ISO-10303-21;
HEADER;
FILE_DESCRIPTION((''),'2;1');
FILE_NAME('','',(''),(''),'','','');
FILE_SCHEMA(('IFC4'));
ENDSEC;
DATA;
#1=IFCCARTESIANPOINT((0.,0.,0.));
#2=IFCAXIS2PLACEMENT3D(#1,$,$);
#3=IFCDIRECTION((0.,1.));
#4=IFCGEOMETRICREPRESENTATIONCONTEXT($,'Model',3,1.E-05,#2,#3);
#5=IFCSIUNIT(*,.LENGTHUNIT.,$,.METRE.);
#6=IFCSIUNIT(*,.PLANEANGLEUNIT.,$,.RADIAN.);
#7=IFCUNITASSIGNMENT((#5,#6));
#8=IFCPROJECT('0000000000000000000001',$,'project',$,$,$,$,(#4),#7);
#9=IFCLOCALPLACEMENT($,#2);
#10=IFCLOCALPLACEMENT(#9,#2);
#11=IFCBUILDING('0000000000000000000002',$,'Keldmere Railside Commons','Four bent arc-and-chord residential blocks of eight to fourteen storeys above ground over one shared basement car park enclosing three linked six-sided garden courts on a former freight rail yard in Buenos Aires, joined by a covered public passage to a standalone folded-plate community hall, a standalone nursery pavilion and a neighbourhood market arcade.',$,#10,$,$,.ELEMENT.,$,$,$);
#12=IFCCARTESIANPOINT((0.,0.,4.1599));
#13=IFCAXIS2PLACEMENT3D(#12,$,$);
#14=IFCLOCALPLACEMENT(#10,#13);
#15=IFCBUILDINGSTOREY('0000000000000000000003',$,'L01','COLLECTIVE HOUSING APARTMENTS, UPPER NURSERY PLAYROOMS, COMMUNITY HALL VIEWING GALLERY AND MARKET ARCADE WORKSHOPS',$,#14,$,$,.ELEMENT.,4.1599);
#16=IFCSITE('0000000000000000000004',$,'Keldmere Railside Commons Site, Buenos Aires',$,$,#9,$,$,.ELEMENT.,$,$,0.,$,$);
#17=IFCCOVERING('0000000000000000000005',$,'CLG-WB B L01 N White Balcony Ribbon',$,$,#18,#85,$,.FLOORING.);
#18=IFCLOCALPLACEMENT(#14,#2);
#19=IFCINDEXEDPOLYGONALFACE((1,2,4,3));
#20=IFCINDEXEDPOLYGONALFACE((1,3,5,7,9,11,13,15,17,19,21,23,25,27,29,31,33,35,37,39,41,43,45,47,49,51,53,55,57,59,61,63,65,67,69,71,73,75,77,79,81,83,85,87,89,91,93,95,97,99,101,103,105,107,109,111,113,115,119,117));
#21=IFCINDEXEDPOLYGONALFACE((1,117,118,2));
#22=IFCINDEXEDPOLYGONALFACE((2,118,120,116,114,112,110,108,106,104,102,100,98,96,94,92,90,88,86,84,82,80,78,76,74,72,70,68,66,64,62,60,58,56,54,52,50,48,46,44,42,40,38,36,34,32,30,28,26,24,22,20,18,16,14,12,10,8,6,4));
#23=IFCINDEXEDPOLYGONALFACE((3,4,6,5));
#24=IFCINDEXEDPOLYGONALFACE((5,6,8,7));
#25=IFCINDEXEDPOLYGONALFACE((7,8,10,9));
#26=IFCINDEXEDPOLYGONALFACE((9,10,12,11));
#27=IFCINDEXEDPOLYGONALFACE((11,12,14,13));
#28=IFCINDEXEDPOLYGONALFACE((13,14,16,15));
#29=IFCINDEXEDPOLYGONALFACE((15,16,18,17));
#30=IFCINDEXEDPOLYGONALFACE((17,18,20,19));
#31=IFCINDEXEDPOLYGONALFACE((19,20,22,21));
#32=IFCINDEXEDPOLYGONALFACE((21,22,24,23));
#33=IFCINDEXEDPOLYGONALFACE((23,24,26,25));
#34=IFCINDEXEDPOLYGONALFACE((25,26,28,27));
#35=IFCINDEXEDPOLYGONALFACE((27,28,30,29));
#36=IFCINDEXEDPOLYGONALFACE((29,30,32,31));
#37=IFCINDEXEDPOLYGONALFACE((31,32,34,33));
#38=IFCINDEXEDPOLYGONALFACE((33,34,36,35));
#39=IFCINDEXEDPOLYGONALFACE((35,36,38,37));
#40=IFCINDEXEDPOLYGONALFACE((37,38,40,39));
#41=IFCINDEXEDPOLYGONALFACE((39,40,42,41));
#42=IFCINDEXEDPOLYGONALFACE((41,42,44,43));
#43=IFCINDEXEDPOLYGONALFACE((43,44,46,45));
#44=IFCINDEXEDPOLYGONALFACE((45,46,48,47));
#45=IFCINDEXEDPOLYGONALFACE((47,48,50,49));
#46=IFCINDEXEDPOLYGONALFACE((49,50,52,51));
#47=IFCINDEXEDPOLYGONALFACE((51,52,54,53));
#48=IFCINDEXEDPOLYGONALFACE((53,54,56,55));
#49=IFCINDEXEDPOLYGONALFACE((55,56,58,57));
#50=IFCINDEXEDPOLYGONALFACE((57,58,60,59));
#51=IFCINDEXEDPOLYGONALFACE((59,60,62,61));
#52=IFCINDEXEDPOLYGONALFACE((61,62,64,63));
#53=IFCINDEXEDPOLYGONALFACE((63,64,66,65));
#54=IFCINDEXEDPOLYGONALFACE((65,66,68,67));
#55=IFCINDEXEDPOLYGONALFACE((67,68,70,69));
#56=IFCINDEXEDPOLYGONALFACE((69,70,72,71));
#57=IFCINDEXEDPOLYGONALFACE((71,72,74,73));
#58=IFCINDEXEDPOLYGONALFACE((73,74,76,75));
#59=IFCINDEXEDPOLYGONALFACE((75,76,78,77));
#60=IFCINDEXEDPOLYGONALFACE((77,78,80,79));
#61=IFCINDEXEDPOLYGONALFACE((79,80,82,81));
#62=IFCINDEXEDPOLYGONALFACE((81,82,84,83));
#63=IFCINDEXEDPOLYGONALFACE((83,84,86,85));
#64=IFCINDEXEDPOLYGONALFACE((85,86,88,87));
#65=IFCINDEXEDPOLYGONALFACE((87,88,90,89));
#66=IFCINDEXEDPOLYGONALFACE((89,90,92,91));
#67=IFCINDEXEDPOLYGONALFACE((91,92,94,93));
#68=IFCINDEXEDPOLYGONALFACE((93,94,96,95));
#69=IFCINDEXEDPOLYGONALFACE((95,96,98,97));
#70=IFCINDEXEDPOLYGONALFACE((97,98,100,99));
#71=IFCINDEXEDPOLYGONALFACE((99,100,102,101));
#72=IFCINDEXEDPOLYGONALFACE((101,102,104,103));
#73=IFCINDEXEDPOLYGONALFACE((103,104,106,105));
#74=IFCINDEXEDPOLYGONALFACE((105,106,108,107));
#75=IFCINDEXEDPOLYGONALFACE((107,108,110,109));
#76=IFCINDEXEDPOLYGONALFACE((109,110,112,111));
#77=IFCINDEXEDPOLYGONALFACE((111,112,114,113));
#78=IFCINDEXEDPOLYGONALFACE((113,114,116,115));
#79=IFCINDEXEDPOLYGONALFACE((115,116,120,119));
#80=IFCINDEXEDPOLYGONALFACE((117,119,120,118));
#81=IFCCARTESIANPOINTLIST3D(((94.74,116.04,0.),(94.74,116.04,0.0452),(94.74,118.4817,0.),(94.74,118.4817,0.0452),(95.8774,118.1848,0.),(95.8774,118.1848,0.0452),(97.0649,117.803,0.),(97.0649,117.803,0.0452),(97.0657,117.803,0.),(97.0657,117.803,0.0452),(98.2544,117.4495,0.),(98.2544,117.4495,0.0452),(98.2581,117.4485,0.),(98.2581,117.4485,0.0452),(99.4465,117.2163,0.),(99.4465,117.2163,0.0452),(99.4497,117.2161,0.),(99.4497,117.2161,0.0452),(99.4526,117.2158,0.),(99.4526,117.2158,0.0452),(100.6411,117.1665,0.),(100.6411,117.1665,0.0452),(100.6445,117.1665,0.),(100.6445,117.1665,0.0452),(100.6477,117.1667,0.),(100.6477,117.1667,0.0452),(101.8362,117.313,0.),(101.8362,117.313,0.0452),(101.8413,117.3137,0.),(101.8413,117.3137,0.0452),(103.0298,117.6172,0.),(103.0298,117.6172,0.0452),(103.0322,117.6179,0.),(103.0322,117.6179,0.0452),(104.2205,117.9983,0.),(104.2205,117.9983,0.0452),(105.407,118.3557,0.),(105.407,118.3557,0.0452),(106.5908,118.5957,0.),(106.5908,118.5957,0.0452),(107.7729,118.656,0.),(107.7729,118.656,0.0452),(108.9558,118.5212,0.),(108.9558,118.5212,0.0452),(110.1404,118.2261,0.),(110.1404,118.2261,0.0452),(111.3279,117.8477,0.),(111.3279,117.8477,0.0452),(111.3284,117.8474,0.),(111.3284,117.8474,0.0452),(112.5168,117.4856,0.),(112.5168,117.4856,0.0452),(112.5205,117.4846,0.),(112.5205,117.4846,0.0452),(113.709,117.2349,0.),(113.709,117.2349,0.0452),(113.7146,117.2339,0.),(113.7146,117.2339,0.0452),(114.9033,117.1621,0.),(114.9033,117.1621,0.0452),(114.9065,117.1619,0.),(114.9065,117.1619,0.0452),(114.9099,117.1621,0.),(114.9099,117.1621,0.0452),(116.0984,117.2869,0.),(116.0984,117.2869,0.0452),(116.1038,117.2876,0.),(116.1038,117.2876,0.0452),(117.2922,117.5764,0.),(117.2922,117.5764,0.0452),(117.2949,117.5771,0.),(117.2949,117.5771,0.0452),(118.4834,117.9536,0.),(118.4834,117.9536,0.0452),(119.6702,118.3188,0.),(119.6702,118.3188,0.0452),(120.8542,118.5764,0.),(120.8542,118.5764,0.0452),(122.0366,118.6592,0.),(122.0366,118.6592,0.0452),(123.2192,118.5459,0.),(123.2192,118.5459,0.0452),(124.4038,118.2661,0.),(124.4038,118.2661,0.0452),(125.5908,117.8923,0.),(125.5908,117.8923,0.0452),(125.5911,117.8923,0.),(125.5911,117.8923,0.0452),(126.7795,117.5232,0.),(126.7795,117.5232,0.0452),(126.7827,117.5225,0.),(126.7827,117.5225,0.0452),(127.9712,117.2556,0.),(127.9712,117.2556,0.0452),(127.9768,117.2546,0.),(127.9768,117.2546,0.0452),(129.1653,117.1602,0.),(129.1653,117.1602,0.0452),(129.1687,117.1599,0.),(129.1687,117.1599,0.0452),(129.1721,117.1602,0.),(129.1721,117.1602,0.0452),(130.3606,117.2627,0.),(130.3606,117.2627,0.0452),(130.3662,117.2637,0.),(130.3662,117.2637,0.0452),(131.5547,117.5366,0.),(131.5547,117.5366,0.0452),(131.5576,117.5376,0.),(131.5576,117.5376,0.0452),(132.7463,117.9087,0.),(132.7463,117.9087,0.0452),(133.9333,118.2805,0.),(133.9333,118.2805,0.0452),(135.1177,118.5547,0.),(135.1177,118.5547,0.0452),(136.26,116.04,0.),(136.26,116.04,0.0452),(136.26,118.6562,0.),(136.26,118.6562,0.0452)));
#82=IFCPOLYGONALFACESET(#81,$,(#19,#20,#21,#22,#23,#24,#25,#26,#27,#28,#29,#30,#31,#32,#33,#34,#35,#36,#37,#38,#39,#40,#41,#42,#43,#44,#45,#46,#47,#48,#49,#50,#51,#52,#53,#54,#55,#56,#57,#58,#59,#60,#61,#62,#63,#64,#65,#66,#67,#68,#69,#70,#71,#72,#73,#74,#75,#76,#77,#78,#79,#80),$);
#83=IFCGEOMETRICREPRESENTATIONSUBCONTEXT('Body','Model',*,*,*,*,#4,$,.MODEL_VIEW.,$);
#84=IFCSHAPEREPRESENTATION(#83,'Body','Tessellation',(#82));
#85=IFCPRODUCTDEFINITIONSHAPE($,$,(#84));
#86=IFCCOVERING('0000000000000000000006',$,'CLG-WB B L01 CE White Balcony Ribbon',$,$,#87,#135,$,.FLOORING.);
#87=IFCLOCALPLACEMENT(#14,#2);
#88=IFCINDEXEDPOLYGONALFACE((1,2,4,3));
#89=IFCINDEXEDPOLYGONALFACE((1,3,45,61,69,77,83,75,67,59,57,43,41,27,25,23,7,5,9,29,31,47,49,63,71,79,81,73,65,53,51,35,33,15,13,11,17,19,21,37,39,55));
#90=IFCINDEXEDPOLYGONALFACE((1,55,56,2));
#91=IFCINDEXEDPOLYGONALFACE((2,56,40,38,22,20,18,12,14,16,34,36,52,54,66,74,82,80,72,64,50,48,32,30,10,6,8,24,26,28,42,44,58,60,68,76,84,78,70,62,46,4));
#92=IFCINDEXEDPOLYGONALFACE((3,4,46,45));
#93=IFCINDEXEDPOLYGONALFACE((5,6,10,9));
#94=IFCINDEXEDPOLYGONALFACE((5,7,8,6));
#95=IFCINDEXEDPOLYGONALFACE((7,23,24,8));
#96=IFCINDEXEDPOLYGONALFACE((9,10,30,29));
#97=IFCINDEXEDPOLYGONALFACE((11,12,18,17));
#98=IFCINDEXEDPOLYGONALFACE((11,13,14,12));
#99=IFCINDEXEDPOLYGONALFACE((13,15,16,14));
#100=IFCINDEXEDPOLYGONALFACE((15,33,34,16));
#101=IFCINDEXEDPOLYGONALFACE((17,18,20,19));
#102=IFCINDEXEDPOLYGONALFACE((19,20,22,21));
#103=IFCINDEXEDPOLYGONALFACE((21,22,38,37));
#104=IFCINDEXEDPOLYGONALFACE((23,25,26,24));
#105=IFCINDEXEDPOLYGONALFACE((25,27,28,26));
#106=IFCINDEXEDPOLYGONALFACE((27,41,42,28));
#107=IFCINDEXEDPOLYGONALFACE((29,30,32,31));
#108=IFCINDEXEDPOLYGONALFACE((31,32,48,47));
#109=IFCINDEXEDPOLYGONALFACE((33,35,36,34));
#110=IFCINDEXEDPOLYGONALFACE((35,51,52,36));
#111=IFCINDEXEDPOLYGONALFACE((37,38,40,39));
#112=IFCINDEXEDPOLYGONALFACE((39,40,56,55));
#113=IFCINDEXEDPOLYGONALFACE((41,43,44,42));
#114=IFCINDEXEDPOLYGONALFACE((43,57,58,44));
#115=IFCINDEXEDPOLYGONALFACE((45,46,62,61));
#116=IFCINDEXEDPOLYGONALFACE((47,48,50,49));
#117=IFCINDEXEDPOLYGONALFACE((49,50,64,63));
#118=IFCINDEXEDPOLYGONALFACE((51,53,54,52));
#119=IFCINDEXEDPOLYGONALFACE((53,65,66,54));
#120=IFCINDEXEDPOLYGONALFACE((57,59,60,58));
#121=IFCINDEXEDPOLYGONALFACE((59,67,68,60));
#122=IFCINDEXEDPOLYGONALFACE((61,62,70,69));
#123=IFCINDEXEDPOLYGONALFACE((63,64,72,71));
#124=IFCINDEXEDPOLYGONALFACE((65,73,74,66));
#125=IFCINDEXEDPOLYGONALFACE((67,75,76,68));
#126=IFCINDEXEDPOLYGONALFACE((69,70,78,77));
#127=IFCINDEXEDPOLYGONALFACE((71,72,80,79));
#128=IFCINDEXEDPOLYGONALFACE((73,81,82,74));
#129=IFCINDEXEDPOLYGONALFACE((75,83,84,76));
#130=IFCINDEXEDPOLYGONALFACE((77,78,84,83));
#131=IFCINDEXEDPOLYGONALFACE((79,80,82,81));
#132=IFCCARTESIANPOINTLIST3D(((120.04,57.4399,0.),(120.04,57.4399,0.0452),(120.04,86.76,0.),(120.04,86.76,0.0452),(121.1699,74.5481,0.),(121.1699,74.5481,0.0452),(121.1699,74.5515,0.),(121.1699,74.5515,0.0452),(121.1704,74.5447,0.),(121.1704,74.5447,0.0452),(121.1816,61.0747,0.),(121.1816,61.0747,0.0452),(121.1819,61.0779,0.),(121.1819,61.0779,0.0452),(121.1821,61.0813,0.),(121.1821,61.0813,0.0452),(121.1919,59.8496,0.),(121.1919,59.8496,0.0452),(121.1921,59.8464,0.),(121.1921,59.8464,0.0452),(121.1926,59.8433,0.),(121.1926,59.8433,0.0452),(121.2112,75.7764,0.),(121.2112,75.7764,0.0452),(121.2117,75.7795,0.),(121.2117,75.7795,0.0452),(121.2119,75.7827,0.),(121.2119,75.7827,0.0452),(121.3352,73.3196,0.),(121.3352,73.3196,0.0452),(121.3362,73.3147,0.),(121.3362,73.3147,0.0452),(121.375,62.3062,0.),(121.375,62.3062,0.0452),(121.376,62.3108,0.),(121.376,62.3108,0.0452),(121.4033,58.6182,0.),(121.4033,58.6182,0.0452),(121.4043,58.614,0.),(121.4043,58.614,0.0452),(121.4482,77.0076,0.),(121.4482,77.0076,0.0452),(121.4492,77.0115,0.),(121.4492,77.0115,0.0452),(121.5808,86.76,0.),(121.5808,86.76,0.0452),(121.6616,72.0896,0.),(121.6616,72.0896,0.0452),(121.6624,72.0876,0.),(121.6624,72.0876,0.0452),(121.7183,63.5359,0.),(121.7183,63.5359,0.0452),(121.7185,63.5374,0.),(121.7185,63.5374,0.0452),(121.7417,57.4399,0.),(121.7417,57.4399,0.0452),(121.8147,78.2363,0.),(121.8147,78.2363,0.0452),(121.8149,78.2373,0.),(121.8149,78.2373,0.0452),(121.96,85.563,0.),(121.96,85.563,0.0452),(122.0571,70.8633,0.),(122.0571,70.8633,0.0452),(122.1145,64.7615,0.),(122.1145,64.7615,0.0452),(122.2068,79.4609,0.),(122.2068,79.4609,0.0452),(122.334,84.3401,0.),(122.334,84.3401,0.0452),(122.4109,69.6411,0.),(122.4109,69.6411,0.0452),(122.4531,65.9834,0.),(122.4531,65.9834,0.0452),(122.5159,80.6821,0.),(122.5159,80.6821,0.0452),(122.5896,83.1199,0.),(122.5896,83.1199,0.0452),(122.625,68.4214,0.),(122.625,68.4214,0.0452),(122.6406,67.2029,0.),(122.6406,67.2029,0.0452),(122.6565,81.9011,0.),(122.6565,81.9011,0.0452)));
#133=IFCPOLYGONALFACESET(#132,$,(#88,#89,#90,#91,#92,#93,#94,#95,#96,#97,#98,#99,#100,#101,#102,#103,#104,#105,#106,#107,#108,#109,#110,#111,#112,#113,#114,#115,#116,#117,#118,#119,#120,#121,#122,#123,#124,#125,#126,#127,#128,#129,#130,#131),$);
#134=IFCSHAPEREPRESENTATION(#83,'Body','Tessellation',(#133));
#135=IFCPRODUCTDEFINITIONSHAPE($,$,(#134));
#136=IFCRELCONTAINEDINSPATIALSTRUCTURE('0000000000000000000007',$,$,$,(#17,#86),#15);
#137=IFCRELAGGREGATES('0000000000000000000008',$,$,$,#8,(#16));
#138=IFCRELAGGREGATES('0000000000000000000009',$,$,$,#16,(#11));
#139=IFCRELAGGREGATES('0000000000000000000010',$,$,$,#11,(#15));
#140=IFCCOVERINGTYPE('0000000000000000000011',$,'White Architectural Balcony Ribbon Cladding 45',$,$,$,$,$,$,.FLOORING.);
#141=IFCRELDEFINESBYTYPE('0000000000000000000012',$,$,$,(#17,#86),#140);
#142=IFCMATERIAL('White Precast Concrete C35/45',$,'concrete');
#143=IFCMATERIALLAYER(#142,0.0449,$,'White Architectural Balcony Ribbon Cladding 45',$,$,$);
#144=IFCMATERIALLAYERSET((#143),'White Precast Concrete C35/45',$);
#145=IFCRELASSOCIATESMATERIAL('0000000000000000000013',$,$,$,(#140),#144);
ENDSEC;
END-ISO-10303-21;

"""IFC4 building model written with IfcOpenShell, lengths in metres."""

from ifc_helpers import new_model, si_unit, direction, frame, origin, place, context, subcontext, project, spatial, polyline, outline, extrude, material, layer, layer_set, type_object, element, save


model = new_model("IFC4")

# Units and contexts
model_context = context("Model", 3, precision=1e-05, world=origin(), true_north=direction((0.0, 1.0)))
body_context = subcontext(model_context, "Body", "Model", "MODEL_VIEW")
ifc_project = project(units=[si_unit("LENGTHUNIT", "METRE"), si_unit("PLANEANGLEUNIT", "RADIAN")], contexts=[model_context])

# Site, building, storey
site_placement = place(None, origin())
site = spatial("IfcSite", under=ifc_project, at=site_placement, Name="Keldmere Railside Commons Site, Buenos Aires", CompositionType="ELEMENT", RefElevation=0.0)
building_placement = place(site_placement, origin())
building = spatial("IfcBuilding", under=site, at=building_placement, Name="Keldmere Railside Commons", Description="Four bent arc-and-chord residential blocks of eight to fourteen storeys above ground over one shared basement car park enclosing three linked six-sided garden courts on a former freight rail yard in Buenos Aires, joined by a covered public passage to a standalone folded-plate community hall, a standalone nursery pavilion and a neighbourhood market arcade.", CompositionType="ELEMENT")
storey_placement = place(building_placement, frame((0.0, 0.0, 4.1599)))
storey = spatial("IfcBuildingStorey", under=building, at=storey_placement, Name="L01", Description="COLLECTIVE HOUSING APARTMENTS, UPPER NURSERY PLAYROOMS, COMMUNITY HALL VIEWING GALLERY AND MARKET ARCADE WORKSHOPS", CompositionType="ELEMENT", Elevation=4.1599)

# Coverings
ifc_material_1 = material(Name="White Precast Concrete C35/45", Category="concrete")
ifc_layer_1 = layer(ifc_material_1, 0.0449, Name="White Architectural Balcony Ribbon Cladding 45")
ifc_layer_set_1 = layer_set([ifc_layer_1], Name="White Precast Concrete C35/45")
covering_type = type_object("IfcCoveringType", Name="White Architectural Balcony Ribbon Cladding 45", PredefinedType="FLOORING", material=ifc_layer_set_1)
covering_1_placement = place(storey_placement, origin())
element("IfcCovering", 1, at=covering_1_placement, inside=storey, type_object=covering_type, Name="CLG-WB B L01 N White Balcony Ribbon", PredefinedType="FLOORING", context=body_context, shape_type="SweptSolid", body=[
    extrude(outline(polyline([(136.26, 116.04), (136.26, 118.6562), (135.1177, 118.5547), (133.9333, 118.2805), (132.7463, 117.9087), (131.5576, 117.5376), (131.5547, 117.5366), (130.3662, 117.2637), (130.3606, 117.2627), (129.1721, 117.1602), (129.1687, 117.1599), (129.1653, 117.1602), (127.9768, 117.2546), (127.9712, 117.2556), (126.7827, 117.5225), (126.7795, 117.5232), (125.5911, 117.8923), (125.5908, 117.8923), (124.4038, 118.2661), (123.2192, 118.5459), (122.0366, 118.6592), (120.8542, 118.5764), (119.6702, 118.3188), (118.4834, 117.9536), (117.2949, 117.5771), (117.2922, 117.5764), (116.1038, 117.2876), (116.0984, 117.2869), (114.9099, 117.1621), (114.9065, 117.1619), (114.9033, 117.1621), (113.7146, 117.2339), (113.709, 117.2349), (112.5205, 117.4846), (112.5168, 117.4856), (111.3284, 117.8474), (111.3279, 117.8477), (110.1404, 118.2261), (108.9558, 118.5212), (107.7729, 118.656), (106.5908, 118.5957), (105.407, 118.3557), (104.2205, 117.9983), (103.0322, 117.6179), (103.0298, 117.6172), (101.8413, 117.3137), (101.8362, 117.313), (100.6477, 117.1667), (100.6445, 117.1665), (100.6411, 117.1665), (99.4526, 117.2158), (99.4497, 117.2161), (99.4465, 117.2163), (98.2581, 117.4485), (98.2544, 117.4495), (97.0657, 117.803), (97.0649, 117.803), (95.8774, 118.1848), (94.74, 118.4817), (94.74, 116.04), (136.26, 116.04)])), origin(), (0.0, 0.0, 1.0), 0.0452),
])
covering_2_placement = place(storey_placement, origin())
element("IfcCovering", 2, at=covering_2_placement, inside=storey, type_object=covering_type, Name="CLG-WB B L01 CE White Balcony Ribbon", PredefinedType="FLOORING", context=body_context, shape_type="SweptSolid", body=[
    extrude(outline(polyline([(121.4043, 58.614), (121.4033, 58.6182), (121.1926, 59.8433), (121.1921, 59.8464), (121.1919, 59.8496), (121.1816, 61.0747), (121.1819, 61.0779), (121.1821, 61.0813), (121.375, 62.3062), (121.376, 62.3108), (121.7183, 63.5359), (121.7185, 63.5374), (122.1145, 64.7615), (122.4531, 65.9834), (122.6406, 67.2029), (122.625, 68.4214), (122.4109, 69.6411), (122.0571, 70.8633), (121.6624, 72.0876), (121.6616, 72.0896), (121.3362, 73.3147), (121.3352, 73.3196), (121.1704, 74.5447), (121.1699, 74.5481), (121.1699, 74.5515), (121.2112, 75.7764), (121.2117, 75.7795), (121.2119, 75.7827), (121.4482, 77.0076), (121.4492, 77.0115), (121.8147, 78.2363), (121.8149, 78.2373), (122.2068, 79.4609), (122.5159, 80.6821), (122.6565, 81.9011), (122.5896, 83.1199), (122.334, 84.3401), (121.96, 85.563), (121.5808, 86.76), (120.04, 86.76), (120.04, 57.4399), (121.7417, 57.4399), (121.4043, 58.614)])), origin(), (0.0, 0.0, 1.0), 0.0452),
])

save(model, "model.ifc")
